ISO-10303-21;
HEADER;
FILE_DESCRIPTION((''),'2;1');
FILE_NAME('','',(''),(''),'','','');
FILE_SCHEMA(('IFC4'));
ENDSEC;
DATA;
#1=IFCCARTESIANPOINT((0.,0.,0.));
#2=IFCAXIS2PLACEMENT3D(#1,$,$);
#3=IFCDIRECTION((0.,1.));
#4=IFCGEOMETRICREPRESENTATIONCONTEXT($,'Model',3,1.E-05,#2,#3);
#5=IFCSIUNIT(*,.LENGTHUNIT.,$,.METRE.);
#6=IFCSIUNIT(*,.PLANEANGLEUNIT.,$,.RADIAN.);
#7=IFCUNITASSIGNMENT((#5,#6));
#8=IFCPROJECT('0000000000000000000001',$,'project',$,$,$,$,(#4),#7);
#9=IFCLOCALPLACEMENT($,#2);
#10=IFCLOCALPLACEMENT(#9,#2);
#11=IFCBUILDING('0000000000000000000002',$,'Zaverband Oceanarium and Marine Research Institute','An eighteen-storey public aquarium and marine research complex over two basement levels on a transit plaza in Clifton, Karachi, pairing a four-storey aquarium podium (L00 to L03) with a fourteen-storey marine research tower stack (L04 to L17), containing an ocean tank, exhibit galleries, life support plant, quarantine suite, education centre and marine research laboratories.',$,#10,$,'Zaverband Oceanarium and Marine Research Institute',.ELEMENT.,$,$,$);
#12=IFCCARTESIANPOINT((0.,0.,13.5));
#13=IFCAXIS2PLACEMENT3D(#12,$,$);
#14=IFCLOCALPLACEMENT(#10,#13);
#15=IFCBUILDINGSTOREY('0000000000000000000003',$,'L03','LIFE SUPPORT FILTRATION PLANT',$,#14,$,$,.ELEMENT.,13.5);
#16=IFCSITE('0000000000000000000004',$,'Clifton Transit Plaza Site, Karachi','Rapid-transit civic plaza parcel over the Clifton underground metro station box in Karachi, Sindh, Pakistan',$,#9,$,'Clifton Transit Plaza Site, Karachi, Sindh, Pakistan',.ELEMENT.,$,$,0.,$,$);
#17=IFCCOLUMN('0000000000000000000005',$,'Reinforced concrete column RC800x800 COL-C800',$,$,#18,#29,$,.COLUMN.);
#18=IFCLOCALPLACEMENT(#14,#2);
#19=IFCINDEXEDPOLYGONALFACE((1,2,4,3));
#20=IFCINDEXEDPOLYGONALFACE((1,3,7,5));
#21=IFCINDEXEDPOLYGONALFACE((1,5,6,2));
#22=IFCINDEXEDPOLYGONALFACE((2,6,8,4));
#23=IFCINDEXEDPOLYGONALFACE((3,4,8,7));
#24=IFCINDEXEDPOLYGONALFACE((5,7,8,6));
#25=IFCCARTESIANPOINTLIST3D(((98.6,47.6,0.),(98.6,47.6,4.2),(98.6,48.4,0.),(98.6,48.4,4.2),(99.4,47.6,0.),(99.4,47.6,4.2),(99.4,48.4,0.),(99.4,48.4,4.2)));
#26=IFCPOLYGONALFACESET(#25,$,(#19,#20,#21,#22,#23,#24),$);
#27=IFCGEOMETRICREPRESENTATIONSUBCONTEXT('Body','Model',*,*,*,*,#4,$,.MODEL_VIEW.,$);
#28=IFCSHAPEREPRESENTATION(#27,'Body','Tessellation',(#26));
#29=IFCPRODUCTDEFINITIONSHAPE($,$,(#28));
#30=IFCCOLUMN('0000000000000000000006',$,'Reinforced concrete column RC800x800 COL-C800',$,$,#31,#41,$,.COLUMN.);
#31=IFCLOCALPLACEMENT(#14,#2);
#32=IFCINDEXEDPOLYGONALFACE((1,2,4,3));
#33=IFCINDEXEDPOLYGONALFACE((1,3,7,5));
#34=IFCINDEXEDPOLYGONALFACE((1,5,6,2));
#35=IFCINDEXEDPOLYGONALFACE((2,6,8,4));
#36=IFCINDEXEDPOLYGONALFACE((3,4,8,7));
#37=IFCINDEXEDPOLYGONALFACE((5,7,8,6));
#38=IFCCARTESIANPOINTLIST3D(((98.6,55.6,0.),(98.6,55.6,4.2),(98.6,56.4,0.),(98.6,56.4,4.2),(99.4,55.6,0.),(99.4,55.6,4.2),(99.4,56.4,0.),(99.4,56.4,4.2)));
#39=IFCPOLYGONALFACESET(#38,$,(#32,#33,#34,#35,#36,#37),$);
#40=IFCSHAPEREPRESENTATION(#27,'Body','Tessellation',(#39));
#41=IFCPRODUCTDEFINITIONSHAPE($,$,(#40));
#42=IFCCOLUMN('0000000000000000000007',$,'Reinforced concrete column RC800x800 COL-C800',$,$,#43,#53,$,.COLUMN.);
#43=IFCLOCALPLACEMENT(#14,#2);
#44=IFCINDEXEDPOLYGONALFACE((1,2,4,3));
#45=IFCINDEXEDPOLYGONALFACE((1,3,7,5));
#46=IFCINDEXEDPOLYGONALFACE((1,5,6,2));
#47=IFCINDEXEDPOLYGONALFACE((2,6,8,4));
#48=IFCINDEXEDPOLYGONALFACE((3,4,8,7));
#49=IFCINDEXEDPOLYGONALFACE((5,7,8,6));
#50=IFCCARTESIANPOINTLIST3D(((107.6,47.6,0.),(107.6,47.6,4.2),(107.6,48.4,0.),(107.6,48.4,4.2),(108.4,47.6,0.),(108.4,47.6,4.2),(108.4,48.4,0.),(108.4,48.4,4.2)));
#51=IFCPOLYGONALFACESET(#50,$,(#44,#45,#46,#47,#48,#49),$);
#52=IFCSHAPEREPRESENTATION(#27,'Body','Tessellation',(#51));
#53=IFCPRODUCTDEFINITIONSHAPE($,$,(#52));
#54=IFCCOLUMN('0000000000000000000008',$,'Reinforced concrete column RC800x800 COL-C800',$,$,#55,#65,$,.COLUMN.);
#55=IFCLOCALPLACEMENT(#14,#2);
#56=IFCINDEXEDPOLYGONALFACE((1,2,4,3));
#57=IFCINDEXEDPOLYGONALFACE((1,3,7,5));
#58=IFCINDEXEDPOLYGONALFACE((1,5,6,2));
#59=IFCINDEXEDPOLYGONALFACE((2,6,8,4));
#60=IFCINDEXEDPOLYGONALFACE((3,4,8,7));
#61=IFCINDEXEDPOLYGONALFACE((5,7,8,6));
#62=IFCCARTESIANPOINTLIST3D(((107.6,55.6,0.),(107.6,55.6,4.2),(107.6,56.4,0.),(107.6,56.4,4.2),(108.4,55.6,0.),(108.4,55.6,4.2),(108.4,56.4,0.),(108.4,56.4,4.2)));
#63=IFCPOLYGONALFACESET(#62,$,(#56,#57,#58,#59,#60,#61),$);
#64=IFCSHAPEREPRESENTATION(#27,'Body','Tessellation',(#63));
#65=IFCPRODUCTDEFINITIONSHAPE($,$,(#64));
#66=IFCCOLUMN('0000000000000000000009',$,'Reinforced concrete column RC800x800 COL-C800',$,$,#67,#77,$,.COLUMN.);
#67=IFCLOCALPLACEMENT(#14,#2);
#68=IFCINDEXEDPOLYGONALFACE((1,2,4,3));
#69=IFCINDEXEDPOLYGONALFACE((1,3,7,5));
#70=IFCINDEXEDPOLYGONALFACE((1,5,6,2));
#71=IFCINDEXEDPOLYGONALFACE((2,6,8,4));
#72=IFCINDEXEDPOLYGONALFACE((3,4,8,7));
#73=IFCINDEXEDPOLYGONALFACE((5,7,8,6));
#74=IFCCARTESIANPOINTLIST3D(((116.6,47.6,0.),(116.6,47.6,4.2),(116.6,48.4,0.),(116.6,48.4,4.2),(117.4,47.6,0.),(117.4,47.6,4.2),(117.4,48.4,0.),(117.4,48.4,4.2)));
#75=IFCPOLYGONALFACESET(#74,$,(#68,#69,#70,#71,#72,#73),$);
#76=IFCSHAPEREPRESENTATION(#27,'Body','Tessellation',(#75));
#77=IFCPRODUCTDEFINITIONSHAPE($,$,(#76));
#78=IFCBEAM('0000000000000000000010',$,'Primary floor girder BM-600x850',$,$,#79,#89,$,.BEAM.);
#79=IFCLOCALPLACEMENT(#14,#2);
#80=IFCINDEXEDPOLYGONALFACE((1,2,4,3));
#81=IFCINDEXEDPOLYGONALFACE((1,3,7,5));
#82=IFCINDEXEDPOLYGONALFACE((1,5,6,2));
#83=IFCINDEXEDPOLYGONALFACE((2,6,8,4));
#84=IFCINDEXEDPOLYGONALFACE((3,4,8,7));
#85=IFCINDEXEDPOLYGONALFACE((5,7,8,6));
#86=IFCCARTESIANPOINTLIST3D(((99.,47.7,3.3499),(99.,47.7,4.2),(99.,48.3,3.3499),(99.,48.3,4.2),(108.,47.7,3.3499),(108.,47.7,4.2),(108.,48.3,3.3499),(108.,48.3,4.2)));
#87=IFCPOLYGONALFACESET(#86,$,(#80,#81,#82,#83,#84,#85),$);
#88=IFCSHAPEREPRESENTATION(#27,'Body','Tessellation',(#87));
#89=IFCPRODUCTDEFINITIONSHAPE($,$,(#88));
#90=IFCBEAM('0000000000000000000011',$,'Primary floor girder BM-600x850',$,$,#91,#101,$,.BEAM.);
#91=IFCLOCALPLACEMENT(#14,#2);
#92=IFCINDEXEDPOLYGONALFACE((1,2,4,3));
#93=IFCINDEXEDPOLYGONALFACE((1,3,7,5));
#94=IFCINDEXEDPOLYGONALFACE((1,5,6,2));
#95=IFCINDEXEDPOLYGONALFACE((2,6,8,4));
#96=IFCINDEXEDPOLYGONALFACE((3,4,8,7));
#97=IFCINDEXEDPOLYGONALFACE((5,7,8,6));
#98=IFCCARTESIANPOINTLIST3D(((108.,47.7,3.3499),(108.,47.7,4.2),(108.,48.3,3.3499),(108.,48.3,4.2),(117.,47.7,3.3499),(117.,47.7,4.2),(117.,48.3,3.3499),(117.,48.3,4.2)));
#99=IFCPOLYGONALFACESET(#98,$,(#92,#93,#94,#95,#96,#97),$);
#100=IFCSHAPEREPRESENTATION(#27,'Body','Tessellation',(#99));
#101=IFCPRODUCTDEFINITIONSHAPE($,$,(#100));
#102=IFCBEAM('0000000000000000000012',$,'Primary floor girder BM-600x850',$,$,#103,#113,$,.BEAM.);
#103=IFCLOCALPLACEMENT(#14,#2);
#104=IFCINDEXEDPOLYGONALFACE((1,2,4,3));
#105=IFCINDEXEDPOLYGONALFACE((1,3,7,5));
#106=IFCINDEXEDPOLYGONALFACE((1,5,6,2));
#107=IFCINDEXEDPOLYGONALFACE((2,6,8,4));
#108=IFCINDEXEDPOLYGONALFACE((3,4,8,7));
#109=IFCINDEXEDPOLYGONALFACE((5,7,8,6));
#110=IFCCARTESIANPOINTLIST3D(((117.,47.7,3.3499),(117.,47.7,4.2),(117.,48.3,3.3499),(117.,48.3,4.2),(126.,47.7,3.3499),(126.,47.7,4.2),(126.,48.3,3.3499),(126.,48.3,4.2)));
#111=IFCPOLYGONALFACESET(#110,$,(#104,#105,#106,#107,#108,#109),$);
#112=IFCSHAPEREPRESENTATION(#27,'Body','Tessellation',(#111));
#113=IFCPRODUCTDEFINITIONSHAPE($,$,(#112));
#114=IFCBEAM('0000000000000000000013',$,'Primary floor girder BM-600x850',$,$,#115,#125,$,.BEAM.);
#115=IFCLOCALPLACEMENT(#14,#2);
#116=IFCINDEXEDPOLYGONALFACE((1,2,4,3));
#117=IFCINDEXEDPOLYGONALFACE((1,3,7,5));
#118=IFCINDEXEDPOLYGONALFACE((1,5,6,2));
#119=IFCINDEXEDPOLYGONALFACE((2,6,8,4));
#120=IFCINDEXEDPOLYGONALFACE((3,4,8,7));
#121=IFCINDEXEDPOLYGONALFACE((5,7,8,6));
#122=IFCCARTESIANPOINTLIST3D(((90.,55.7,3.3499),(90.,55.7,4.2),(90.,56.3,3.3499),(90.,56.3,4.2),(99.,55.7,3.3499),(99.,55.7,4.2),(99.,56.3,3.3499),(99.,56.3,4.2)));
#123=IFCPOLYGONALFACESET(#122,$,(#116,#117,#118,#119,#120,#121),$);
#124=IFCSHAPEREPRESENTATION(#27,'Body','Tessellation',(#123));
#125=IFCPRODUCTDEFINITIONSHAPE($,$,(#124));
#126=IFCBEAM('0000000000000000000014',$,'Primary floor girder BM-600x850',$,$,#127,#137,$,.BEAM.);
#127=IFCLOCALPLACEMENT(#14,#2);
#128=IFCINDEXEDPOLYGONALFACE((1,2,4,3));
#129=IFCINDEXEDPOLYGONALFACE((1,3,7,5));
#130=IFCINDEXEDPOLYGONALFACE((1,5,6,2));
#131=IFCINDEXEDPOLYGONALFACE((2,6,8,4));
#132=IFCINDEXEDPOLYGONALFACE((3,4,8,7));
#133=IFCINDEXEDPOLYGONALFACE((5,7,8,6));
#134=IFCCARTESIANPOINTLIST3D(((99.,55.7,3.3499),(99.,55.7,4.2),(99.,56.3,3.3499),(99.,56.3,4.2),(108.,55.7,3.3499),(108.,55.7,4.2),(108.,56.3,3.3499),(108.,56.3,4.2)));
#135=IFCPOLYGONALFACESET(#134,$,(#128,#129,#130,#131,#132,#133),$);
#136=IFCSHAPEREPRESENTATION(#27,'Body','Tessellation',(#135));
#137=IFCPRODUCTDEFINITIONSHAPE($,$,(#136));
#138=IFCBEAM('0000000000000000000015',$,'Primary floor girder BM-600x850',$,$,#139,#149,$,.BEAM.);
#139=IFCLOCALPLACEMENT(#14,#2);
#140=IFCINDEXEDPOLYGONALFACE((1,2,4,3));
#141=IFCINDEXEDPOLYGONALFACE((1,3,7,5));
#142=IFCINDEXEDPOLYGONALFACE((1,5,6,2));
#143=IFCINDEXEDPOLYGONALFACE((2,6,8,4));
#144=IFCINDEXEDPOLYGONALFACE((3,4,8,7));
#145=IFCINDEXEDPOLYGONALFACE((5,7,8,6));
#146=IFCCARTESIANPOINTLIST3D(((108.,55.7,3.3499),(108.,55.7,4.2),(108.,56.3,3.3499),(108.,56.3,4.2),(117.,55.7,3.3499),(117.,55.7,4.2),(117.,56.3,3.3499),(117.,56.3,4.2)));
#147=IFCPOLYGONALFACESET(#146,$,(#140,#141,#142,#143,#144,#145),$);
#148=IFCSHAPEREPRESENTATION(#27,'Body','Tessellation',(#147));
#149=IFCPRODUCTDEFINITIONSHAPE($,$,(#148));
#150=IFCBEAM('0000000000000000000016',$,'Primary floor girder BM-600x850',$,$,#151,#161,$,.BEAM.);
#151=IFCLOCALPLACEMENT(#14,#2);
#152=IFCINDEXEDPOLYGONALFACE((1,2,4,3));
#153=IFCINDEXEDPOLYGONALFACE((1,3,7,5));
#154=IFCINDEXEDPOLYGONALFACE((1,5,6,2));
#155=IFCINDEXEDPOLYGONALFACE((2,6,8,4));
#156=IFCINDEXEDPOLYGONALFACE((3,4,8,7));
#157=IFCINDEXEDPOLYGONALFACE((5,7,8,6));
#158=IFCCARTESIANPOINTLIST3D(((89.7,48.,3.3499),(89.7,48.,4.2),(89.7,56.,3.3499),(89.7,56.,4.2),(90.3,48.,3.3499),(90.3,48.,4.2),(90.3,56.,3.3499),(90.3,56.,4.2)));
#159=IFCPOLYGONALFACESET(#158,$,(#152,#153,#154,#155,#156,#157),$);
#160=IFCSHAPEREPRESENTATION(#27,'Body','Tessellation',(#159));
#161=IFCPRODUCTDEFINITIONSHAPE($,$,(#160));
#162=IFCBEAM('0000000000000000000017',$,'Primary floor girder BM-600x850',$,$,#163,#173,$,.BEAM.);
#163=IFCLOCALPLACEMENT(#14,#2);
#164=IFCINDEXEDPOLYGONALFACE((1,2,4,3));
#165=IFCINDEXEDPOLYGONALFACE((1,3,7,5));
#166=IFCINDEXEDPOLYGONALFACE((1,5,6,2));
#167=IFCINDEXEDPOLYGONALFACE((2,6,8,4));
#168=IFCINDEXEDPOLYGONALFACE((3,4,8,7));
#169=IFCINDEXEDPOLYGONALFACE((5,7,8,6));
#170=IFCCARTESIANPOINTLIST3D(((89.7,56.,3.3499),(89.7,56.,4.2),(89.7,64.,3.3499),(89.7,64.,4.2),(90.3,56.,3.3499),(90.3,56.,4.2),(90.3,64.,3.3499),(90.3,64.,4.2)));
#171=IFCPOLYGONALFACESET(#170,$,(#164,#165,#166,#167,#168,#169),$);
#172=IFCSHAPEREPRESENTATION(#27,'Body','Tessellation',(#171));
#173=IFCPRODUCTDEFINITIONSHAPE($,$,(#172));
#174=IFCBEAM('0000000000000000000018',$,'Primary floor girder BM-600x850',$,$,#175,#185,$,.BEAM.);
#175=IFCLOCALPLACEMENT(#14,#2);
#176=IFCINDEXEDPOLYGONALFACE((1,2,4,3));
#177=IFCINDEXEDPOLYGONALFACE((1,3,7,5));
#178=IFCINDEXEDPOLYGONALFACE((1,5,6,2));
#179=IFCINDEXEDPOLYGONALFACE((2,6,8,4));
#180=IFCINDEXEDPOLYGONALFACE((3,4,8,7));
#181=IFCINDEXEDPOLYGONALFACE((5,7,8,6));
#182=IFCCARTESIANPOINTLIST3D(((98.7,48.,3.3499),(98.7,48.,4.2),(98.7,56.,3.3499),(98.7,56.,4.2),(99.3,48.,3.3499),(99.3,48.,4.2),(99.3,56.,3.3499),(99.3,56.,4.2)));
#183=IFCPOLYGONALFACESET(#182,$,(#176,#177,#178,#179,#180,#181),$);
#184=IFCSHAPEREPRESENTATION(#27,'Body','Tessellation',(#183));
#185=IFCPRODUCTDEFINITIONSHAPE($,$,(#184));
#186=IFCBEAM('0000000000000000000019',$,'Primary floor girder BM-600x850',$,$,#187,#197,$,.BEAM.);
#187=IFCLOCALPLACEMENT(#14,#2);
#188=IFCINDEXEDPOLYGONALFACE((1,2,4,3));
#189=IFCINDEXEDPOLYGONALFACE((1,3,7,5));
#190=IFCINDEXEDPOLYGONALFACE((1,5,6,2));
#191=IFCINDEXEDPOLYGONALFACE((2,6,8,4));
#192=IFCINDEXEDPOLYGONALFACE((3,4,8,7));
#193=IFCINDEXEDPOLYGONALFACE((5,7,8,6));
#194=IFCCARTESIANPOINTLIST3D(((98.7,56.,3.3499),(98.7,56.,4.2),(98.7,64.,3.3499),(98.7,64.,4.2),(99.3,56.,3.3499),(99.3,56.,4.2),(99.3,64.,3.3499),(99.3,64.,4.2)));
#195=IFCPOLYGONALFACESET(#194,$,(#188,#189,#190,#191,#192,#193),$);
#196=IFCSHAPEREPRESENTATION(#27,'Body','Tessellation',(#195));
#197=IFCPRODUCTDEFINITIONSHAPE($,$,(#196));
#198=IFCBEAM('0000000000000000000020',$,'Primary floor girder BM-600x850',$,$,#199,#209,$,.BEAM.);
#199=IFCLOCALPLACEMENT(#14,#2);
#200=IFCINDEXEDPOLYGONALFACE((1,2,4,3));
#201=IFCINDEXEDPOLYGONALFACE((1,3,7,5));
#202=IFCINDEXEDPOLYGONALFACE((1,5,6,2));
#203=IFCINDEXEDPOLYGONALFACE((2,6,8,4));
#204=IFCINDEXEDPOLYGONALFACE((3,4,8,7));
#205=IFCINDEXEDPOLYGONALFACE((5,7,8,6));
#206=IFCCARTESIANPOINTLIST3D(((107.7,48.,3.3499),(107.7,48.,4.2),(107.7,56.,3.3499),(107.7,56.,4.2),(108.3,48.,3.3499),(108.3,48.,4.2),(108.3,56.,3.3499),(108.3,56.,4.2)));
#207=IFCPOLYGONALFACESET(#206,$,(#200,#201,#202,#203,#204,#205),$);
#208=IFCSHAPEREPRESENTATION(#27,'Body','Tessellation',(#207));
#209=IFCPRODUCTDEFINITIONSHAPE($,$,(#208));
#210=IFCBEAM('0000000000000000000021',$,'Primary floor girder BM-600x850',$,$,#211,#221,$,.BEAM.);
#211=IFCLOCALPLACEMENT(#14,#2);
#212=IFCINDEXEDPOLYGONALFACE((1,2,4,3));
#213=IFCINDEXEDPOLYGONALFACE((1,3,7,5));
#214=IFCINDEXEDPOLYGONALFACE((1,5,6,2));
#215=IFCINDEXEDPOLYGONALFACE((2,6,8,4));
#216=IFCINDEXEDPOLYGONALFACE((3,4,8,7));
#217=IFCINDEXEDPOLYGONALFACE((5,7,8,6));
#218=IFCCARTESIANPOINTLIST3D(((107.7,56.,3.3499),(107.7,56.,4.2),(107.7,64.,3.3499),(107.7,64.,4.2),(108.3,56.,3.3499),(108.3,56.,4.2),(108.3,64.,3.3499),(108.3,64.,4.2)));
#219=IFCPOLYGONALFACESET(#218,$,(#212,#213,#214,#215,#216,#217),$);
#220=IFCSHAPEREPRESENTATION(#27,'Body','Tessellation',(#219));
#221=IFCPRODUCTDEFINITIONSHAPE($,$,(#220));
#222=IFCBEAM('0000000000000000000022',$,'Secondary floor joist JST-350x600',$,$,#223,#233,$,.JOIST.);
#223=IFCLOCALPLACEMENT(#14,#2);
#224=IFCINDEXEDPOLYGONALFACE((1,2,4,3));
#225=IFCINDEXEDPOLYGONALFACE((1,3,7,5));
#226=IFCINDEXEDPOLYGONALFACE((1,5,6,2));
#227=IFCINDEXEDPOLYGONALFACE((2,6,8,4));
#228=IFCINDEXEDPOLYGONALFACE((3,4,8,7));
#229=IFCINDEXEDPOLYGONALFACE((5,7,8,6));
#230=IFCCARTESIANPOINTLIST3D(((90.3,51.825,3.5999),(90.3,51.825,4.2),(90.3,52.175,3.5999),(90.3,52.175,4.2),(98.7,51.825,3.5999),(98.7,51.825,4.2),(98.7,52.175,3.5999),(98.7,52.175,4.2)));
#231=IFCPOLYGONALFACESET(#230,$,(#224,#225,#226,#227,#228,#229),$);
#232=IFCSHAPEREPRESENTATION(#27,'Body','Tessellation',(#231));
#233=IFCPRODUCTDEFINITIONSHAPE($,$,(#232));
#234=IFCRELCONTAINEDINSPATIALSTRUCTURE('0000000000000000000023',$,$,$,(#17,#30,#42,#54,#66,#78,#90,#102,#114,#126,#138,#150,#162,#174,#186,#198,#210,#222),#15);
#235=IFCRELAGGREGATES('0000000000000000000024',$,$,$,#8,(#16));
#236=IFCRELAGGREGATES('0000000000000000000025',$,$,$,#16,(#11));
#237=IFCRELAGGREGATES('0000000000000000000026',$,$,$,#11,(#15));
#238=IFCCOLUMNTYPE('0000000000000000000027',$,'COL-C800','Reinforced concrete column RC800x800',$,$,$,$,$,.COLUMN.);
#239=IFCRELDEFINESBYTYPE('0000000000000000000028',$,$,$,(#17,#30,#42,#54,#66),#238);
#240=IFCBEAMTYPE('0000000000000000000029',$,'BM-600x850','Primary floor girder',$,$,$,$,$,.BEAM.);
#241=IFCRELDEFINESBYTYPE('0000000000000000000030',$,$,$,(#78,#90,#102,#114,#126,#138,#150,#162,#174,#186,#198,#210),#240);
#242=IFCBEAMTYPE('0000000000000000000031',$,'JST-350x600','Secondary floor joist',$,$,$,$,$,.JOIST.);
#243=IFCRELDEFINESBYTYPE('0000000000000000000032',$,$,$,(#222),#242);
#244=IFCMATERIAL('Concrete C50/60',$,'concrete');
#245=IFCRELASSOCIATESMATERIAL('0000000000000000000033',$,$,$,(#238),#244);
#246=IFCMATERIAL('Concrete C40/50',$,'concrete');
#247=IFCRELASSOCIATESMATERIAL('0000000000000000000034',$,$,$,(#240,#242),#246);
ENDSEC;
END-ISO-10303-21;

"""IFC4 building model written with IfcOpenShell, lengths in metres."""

from ifc_helpers import new_model, si_unit, direction, frame, origin, origin_2d, place, context, subcontext, project, spatial, rectangle, extrude, material, material_profile, profile_set, type_object, element, save


model = new_model("IFC4")

# Units and contexts
model_context = context("Model", 3, precision=1e-05, world=origin(), true_north=direction((0.0, 1.0)))
body_context = subcontext(model_context, "Body", "Model", "MODEL_VIEW")
ifc_project = project(units=[si_unit("LENGTHUNIT", "METRE"), si_unit("PLANEANGLEUNIT", "RADIAN")], contexts=[model_context])

# Site, building, storey
site_placement = place(None, origin())
site = spatial("IfcSite", under=ifc_project, at=site_placement, Name="Clifton Transit Plaza Site, Karachi", Description="Rapid-transit civic plaza parcel over the Clifton underground metro station box in Karachi, Sindh, Pakistan", LongName="Clifton Transit Plaza Site, Karachi, Sindh, Pakistan", CompositionType="ELEMENT", RefElevation=0.0)
building_placement = place(site_placement, origin())
building = spatial("IfcBuilding", under=site, at=building_placement, Name="Zaverband Oceanarium and Marine Research Institute", Description="An eighteen-storey public aquarium and marine research complex over two basement levels on a transit plaza in Clifton, Karachi, pairing a four-storey aquarium podium (L00 to L03) with a fourteen-storey marine research tower stack (L04 to L17), containing an ocean tank, exhibit galleries, life support plant, quarantine suite, education centre and marine research laboratories.", LongName="Zaverband Oceanarium and Marine Research Institute", CompositionType="ELEMENT")
storey_placement = place(building_placement, frame((0.0, 0.0, 13.5)))
storey = spatial("IfcBuildingStorey", under=building, at=storey_placement, Name="L03", Description="LIFE SUPPORT FILTRATION PLANT", CompositionType="ELEMENT", Elevation=13.5)

# Columns
ifc_material_1 = material(Name="Concrete C50/60", Category="concrete")
ifc_material_profile_1 = material_profile(ifc_material_1, rectangle(XDim=0.8, YDim=0.8, at=origin_2d()), Name="RC800x800")
ifc_profile_set_1 = profile_set([ifc_material_profile_1], Name="Concrete C50/60")
column_type = type_object("IfcColumnType", Name="COL-C800", Description="Reinforced concrete column RC800x800", PredefinedType="COLUMN", material=ifc_profile_set_1)
for number, where, z_axis, x_axis, name in (
    (1, (99.0, 48.0, 0.0), (0.0, 0.0, 1.0), (1.0, 0.0, 0.0), "Reinforced concrete column RC800x800 COL-C800"),
    (2, (99.0, 56.0, 0.0), (0.0, 0.0, 1.0), (1.0, 0.0, 0.0), "Reinforced concrete column RC800x800 COL-C800"),
    (3, (108.0, 48.0, 0.0), (0.0, 0.0, 1.0), (1.0, 0.0, 0.0), "Reinforced concrete column RC800x800 COL-C800"),
    (4, (108.0, 56.0, 0.0), (0.0, 0.0, 1.0), (1.0, 0.0, 0.0), "Reinforced concrete column RC800x800 COL-C800"),
    (5, (117.0, 48.0, 0.0), (0.0, 0.0, 1.0), (1.0, 0.0, 0.0), "Reinforced concrete column RC800x800 COL-C800"),
):
    element("IfcColumn", number, at=place(storey_placement, frame(where, z_axis=z_axis, x_axis=x_axis)), inside=storey, type_object=column_type, Name=name, PredefinedType="COLUMN", context=body_context, shape_type="SweptSolid", body=[
        extrude(rectangle(XDim=0.8, YDim=0.8, at=origin_2d()), origin(), (0.0, 0.0, 1.0), 4.2),
    ])

# Beams
ifc_material_2 = material(Name="Concrete C40/50", Category="concrete")
ifc_material_profile_2 = material_profile(ifc_material_2, rectangle(XDim=0.6001, YDim=0.8501, at=origin_2d()), Name="RC600x850")
ifc_profile_set_2 = profile_set([ifc_material_profile_2], Name="Concrete C40/50")
beam_type_1 = type_object("IfcBeamType", Name="BM-600x850", Description="Primary floor girder", PredefinedType="BEAM", material=ifc_profile_set_2)
for number, where, z_axis, x_axis, name in (
    (6, (99.0, 48.0, 3.7749), (1.0, 0.0, 0.0), (0.0, 1.0, 0.0), "Primary floor girder BM-600x850"),
    (7, (108.0, 48.0, 3.7749), (1.0, 0.0, 0.0), (0.0, 1.0, 0.0), "Primary floor girder BM-600x850"),
    (8, (117.0, 48.0, 3.7749), (1.0, 0.0, 0.0), (0.0, 1.0, 0.0), "Primary floor girder BM-600x850"),
    (9, (90.0, 56.0, 3.7749), (1.0, 0.0, 0.0), (0.0, 1.0, 0.0), "Primary floor girder BM-600x850"),
    (10, (99.0, 56.0, 3.7749), (1.0, 0.0, 0.0), (0.0, 1.0, 0.0), "Primary floor girder BM-600x850"),
    (11, (108.0, 56.0, 3.7749), (1.0, 0.0, 0.0), (0.0, 1.0, 0.0), "Primary floor girder BM-600x850"),
):
    element("IfcBeam", number, at=place(storey_placement, frame(where, z_axis=z_axis, x_axis=x_axis)), inside=storey, type_object=beam_type_1, Name=name, PredefinedType="BEAM", context=body_context, shape_type="SweptSolid", body=[
        extrude(rectangle(XDim=0.6001, YDim=0.8501, at=origin_2d()), origin(), (0.0, 0.0, 1.0), 9.0),
    ])
for number, where, z_axis, x_axis, name in (
    (12, (90.0, 48.0, 3.7749), (0.0, 1.0, 0.0), (-1.0, 0.0, 0.0), "Primary floor girder BM-600x850"),
    (13, (90.0, 56.0, 3.7749), (0.0, 1.0, 0.0), (-1.0, 0.0, 0.0), "Primary floor girder BM-600x850"),
    (14, (99.0, 48.0, 3.7749), (0.0, 1.0, 0.0), (-1.0, 0.0, 0.0), "Primary floor girder BM-600x850"),
    (15, (99.0, 56.0, 3.7749), (0.0, 1.0, 0.0), (-1.0, 0.0, 0.0), "Primary floor girder BM-600x850"),
    (16, (108.0, 48.0, 3.7749), (0.0, 1.0, 0.0), (-1.0, 0.0, 0.0), "Primary floor girder BM-600x850"),
    (17, (108.0, 56.0, 3.7749), (0.0, 1.0, 0.0), (-1.0, 0.0, 0.0), "Primary floor girder BM-600x850"),
):
    element("IfcBeam", number, at=place(storey_placement, frame(where, z_axis=z_axis, x_axis=x_axis)), inside=storey, type_object=beam_type_1, Name=name, PredefinedType="BEAM", context=body_context, shape_type="SweptSolid", body=[
        extrude(rectangle(XDim=0.6001, YDim=0.8501, at=origin_2d()), origin(), (0.0, 0.0, 1.0), 8.0),
    ])
ifc_material_profile_3 = material_profile(ifc_material_2, rectangle(XDim=0.3501, YDim=0.6001, at=origin_2d()), Name="RC350x600")
ifc_profile_set_3 = profile_set([ifc_material_profile_3], Name="Concrete C40/50")
beam_type_2 = type_object("IfcBeamType", Name="JST-350x600", Description="Secondary floor joist", PredefinedType="JOIST", material=ifc_profile_set_3)
for number, where, z_axis, x_axis, name in (
    (18, (90.3, 52.0, 3.8999), (1.0, 0.0, 0.0), (0.0, 1.0, 0.0), "Secondary floor joist JST-350x600"),
):
    element("IfcBeam", number, at=place(storey_placement, frame(where, z_axis=z_axis, x_axis=x_axis)), inside=storey, type_object=beam_type_2, Name=name, PredefinedType="JOIST", context=body_context, shape_type="SweptSolid", body=[
        extrude(rectangle(XDim=0.3501, YDim=0.6001, at=origin_2d()), origin(), (0.0, 0.0, 1.0), 8.3999),
    ])

save(model, "model.ifc")
